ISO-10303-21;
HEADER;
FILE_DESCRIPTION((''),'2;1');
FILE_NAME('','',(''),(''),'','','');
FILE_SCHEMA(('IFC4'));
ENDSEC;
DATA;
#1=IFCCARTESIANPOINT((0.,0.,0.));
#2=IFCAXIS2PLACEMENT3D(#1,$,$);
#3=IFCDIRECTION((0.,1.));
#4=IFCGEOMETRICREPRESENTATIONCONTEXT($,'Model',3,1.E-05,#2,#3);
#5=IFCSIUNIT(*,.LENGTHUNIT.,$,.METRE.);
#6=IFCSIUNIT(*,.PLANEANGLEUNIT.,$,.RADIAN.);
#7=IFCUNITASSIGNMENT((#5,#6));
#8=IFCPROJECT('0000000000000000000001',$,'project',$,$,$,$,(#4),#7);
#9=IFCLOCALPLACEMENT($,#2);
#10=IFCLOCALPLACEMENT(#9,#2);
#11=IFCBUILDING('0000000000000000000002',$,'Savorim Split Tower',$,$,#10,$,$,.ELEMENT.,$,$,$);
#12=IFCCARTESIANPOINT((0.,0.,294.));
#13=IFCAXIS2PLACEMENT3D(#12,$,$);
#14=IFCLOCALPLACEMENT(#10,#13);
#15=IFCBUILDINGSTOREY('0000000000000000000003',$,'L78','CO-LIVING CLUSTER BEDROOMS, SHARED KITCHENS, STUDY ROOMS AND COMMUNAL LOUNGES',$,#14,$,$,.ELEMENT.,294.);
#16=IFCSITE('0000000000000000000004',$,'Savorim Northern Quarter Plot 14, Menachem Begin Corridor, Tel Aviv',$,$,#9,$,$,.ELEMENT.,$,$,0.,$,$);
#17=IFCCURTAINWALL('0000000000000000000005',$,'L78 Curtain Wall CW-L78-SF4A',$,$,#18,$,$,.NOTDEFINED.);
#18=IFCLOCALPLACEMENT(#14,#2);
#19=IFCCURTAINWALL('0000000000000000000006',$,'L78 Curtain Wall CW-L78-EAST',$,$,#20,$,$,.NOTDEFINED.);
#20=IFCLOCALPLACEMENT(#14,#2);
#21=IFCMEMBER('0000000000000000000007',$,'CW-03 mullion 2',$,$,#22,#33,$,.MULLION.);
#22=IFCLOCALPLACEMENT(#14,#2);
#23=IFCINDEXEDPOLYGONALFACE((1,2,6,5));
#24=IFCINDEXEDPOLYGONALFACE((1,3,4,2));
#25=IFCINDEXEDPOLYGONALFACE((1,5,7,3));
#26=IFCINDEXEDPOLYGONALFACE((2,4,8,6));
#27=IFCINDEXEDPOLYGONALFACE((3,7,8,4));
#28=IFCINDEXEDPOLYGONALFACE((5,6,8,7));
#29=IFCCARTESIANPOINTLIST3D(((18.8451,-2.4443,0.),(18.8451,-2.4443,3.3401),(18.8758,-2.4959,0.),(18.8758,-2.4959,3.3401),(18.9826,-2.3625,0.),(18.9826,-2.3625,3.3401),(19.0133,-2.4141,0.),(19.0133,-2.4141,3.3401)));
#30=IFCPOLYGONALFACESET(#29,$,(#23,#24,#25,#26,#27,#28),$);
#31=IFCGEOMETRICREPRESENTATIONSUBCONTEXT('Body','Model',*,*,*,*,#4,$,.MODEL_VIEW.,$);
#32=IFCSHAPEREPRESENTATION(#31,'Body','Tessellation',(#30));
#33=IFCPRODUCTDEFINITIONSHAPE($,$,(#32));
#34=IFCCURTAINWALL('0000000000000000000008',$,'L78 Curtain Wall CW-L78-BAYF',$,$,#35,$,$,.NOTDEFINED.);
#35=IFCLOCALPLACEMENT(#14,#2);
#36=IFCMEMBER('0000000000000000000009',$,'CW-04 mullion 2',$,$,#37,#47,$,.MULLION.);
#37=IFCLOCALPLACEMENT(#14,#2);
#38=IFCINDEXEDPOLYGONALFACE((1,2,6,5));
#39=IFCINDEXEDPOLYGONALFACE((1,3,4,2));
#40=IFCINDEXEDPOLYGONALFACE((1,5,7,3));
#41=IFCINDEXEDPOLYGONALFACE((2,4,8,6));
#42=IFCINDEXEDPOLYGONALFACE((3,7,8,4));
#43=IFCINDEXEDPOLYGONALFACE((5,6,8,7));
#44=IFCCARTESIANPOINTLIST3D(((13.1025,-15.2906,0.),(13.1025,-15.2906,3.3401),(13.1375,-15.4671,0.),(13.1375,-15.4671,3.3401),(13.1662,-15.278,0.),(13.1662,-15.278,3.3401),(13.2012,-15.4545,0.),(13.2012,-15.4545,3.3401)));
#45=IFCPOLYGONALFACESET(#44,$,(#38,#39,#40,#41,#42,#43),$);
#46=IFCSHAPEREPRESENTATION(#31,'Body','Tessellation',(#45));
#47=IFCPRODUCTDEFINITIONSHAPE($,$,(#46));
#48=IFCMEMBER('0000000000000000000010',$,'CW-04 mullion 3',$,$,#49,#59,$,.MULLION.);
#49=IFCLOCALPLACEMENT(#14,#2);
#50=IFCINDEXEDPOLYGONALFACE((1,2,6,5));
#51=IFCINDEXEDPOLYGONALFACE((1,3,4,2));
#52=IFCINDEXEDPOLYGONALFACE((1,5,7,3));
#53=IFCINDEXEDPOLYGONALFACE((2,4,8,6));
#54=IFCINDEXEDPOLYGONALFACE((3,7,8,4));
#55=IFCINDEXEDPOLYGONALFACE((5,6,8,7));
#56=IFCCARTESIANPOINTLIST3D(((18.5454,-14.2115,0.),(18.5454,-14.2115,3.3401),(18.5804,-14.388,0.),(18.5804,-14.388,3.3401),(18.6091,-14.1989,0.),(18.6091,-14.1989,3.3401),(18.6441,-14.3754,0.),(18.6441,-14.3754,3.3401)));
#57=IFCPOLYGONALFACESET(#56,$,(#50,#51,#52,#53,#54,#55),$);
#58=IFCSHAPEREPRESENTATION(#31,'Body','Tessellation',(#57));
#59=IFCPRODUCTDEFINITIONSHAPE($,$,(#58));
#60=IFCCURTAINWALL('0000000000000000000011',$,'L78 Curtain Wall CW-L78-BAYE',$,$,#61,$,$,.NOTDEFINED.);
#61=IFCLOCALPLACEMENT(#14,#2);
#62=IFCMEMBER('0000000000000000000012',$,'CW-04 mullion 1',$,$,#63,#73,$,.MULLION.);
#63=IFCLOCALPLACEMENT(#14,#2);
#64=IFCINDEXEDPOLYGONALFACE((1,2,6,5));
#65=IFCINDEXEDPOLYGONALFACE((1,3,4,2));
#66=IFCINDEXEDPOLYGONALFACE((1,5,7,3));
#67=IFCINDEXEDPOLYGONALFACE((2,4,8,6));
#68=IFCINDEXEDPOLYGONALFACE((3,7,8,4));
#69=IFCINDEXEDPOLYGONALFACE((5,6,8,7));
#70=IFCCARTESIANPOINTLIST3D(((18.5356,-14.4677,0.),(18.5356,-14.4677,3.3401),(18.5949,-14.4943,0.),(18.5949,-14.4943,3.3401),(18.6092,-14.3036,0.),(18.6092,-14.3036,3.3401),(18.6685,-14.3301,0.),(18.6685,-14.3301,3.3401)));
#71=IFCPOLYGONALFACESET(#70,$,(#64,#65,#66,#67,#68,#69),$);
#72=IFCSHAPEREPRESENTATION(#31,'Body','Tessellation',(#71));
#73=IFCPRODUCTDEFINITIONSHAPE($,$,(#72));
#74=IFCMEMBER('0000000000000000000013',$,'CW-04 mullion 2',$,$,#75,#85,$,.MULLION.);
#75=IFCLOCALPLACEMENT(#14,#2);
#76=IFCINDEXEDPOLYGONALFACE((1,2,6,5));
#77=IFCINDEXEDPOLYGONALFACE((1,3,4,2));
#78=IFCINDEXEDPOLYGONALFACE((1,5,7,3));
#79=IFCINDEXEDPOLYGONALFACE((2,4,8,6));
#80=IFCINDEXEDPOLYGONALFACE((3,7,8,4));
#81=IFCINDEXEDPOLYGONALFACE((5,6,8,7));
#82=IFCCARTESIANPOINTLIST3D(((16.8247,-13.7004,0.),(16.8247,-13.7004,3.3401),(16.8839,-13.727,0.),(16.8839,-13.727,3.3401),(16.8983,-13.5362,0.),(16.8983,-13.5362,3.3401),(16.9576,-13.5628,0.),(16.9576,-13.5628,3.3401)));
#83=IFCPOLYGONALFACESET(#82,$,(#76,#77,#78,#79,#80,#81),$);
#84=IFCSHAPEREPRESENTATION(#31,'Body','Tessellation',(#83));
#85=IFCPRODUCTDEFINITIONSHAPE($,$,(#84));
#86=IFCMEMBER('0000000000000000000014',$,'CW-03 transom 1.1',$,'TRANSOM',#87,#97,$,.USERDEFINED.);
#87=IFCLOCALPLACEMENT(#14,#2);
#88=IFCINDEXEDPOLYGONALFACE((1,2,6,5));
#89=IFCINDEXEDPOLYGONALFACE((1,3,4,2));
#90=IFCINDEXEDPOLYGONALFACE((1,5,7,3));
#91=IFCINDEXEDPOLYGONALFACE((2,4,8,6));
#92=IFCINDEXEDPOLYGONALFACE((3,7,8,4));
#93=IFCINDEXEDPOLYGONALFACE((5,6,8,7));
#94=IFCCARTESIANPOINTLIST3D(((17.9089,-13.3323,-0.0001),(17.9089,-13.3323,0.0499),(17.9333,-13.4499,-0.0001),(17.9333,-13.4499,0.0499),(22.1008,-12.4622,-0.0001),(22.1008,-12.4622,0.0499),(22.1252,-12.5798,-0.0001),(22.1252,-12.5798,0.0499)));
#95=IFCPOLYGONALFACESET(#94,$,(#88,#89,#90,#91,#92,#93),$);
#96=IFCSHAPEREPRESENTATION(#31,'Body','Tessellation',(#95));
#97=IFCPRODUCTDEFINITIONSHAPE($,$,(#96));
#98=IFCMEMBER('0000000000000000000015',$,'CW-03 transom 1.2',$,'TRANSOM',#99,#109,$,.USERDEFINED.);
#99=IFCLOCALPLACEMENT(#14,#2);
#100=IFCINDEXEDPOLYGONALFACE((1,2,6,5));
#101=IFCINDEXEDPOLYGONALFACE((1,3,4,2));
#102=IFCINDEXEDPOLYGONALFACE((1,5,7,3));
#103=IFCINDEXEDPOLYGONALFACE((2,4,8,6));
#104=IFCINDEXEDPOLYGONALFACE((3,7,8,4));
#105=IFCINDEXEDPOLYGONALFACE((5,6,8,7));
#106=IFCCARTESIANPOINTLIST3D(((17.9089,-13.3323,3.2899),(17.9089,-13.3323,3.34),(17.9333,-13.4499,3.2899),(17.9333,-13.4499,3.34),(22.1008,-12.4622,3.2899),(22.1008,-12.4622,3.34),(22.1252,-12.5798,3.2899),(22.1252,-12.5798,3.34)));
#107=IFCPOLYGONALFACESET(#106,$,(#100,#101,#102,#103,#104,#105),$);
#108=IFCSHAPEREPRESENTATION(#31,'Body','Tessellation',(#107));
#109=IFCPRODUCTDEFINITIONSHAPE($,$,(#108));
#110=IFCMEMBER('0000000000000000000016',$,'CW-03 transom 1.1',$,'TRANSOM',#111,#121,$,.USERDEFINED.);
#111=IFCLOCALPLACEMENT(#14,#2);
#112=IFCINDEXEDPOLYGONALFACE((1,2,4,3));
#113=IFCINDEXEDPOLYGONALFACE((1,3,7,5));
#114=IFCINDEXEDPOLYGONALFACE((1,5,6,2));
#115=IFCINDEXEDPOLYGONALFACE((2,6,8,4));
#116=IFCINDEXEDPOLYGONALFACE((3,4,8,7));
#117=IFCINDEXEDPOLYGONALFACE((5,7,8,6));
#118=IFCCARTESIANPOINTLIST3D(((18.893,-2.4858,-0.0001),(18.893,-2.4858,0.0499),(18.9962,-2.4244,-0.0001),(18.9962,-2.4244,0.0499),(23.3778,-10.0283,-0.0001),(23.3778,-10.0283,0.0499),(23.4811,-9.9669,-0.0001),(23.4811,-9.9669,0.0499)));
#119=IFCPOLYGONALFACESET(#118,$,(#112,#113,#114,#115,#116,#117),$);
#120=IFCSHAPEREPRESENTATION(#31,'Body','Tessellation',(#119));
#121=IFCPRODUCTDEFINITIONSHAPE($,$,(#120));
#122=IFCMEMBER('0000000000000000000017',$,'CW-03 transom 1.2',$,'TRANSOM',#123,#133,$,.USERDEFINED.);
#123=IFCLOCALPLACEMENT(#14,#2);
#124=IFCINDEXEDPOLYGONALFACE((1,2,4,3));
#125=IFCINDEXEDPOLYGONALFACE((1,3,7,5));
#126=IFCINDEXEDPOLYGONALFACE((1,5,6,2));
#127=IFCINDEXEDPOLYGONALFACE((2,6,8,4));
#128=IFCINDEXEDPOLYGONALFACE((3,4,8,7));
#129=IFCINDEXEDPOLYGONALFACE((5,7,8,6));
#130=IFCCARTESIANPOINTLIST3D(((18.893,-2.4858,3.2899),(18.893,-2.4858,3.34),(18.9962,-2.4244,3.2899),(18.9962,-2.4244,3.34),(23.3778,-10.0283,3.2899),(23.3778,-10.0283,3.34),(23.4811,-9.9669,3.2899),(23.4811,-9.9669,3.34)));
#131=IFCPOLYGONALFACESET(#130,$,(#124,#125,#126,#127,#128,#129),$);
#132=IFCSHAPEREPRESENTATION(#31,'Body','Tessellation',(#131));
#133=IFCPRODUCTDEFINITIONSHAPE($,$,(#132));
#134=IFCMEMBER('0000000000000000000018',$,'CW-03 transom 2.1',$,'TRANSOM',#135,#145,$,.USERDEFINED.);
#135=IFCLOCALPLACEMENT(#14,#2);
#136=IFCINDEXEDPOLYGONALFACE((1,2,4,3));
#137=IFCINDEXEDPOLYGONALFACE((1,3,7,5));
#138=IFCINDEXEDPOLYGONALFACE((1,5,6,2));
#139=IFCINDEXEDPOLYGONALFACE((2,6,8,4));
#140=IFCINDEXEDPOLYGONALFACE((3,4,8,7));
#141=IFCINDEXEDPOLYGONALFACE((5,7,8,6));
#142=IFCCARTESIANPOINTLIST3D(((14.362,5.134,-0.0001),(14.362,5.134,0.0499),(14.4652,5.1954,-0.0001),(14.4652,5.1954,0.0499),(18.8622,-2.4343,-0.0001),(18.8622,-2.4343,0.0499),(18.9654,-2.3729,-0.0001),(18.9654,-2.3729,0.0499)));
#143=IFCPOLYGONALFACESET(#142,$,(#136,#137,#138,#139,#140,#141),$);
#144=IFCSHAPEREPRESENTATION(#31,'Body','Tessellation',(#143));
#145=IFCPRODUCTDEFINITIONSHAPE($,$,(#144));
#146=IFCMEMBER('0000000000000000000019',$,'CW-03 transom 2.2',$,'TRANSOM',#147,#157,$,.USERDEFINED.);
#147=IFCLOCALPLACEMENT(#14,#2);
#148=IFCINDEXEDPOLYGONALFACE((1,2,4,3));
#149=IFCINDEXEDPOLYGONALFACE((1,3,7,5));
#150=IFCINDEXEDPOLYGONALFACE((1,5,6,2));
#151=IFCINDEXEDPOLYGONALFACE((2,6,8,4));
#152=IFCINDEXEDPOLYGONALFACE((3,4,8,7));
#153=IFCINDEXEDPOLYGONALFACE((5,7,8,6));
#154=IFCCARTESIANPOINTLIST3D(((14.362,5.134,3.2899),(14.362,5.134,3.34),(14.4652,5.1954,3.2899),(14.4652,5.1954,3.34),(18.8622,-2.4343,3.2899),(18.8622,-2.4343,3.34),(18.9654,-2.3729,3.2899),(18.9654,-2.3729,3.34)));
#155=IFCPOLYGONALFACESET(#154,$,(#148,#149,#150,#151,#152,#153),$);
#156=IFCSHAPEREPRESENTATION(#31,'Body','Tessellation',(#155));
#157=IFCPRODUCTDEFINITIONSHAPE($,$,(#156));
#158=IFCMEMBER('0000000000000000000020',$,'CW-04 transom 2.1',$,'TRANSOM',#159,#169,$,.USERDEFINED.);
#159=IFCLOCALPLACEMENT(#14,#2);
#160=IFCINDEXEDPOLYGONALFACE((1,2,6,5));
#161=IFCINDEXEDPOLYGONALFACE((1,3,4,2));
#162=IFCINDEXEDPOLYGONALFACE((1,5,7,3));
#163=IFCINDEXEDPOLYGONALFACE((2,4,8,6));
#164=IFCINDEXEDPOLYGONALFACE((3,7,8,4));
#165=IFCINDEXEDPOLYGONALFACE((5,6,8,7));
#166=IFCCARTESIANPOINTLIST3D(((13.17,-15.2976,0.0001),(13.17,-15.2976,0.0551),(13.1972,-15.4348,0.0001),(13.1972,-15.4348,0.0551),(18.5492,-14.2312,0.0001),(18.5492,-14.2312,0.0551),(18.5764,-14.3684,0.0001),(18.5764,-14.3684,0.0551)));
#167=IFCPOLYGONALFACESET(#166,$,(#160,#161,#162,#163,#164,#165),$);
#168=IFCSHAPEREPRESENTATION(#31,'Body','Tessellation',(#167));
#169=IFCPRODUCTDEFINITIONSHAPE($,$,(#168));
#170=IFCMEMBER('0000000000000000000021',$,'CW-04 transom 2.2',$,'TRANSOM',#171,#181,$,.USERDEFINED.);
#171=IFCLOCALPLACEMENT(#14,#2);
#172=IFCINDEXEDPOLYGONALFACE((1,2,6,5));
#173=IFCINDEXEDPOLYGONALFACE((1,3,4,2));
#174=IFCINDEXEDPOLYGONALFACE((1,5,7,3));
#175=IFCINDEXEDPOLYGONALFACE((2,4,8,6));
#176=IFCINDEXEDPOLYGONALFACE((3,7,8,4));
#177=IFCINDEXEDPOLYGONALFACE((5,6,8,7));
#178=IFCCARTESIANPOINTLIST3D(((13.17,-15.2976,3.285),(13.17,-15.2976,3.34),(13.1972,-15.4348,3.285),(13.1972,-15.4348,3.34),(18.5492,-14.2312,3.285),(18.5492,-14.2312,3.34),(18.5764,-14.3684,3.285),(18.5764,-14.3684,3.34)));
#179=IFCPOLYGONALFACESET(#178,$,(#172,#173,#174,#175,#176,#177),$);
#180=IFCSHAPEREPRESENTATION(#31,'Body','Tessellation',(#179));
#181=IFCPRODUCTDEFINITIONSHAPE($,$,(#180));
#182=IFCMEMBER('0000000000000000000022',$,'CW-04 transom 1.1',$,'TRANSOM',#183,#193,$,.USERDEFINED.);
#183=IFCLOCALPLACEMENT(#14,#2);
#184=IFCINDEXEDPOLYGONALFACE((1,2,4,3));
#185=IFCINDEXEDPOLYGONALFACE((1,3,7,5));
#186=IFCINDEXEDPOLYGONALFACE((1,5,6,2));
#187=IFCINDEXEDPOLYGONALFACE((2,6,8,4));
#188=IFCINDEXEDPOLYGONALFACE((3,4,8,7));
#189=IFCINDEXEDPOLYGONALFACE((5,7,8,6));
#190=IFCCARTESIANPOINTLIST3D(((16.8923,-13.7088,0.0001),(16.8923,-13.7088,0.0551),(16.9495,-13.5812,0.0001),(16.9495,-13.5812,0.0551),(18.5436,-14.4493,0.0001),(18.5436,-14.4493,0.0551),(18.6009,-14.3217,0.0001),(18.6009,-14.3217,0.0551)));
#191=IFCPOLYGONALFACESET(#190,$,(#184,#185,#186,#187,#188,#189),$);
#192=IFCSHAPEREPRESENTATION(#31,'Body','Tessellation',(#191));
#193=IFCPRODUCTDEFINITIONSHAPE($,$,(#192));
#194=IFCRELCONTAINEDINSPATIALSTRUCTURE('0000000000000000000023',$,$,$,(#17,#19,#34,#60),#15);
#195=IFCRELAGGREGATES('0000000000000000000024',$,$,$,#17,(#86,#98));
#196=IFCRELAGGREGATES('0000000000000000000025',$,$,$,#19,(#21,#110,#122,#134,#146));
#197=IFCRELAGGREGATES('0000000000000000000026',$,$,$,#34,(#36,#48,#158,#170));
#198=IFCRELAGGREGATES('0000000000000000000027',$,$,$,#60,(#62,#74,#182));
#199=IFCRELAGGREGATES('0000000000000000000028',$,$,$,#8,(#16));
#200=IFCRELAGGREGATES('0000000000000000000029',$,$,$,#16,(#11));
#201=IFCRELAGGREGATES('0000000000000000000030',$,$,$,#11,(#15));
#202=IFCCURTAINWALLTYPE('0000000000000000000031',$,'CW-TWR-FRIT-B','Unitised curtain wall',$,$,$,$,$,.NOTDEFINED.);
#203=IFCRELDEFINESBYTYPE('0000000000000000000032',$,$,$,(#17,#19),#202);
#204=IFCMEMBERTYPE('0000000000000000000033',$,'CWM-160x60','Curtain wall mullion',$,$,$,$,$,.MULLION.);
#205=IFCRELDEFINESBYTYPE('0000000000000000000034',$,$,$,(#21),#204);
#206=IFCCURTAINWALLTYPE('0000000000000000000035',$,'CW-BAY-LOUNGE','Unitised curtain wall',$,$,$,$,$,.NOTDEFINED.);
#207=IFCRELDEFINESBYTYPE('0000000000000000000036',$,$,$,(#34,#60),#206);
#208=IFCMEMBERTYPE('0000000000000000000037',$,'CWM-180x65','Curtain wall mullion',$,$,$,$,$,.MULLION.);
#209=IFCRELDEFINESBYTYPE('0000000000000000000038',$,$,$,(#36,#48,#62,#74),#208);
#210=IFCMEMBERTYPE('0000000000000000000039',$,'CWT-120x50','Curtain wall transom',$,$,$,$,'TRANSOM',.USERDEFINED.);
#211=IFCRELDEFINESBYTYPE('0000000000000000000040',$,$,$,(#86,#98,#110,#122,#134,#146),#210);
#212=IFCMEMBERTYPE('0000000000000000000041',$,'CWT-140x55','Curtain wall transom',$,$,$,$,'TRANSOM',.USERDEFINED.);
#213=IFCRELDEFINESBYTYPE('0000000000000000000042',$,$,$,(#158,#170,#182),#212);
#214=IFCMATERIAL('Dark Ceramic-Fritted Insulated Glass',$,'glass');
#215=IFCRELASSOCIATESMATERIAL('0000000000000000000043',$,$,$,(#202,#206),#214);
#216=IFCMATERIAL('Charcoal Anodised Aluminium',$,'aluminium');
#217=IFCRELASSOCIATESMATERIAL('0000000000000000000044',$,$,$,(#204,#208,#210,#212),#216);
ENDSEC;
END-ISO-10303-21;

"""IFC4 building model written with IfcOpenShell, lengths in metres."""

from ifc_helpers import new_model, si_unit, direction, frame, origin, origin_2d, place, context, subcontext, project, spatial, rectangle, extrude, material, material_profile, profile_set, type_object, element, aggregate, save


model = new_model("IFC4")

# Units and contexts
model_context = context("Model", 3, precision=1e-05, world=origin(), true_north=direction((0.0, 1.0)))
body_context = subcontext(model_context, "Body", "Model", "MODEL_VIEW")
ifc_project = project(units=[si_unit("LENGTHUNIT", "METRE"), si_unit("PLANEANGLEUNIT", "RADIAN")], contexts=[model_context])

# Site, building, storey
site_placement = place(None, origin())
site = spatial("IfcSite", under=ifc_project, at=site_placement, Name="Savorim Northern Quarter Plot 14, Menachem Begin Corridor, Tel Aviv", CompositionType="ELEMENT", RefElevation=0.0)
building_placement = place(site_placement, origin())
building = spatial("IfcBuilding", under=site, at=building_placement, Name="Savorim Split Tower", CompositionType="ELEMENT")
storey_placement = place(building_placement, frame((0.0, 0.0, 294.0)))
storey = spatial("IfcBuildingStorey", under=building, at=storey_placement, Name="L78", Description="CO-LIVING CLUSTER BEDROOMS, SHARED KITCHENS, STUDY ROOMS AND COMMUNAL LOUNGES", CompositionType="ELEMENT", Elevation=294.0)

# Curtain walls, members
ifc_material_1 = material(Name="Dark Ceramic-Fritted Insulated Glass", Category="glass")
curtain_wall_type_1 = type_object("IfcCurtainWallType", Name="CW-TWR-FRIT-B", Description="Unitised curtain wall", PredefinedType="NOTDEFINED", material=ifc_material_1)
curtain_wall_1_placement = place(storey_placement, origin())
curtain_wall_1 = element("IfcCurtainWall", 1, at=curtain_wall_1_placement, inside=storey, type_object=curtain_wall_type_1, Name="L78 Curtain Wall CW-L78-SF4A", PredefinedType="NOTDEFINED")
ifc_material_2 = material(Name="Charcoal Anodised Aluminium", Category="aluminium")
ifc_material_profile_1 = material_profile(ifc_material_2, rectangle(XDim=0.1599, YDim=0.0601, at=origin_2d()), Name="ALU-M 160x60")
ifc_profile_set_1 = profile_set([ifc_material_profile_1], Name="Charcoal Anodised Aluminium")
member_type_1 = type_object("IfcMemberType", Name="CWM-160x60", Description="Curtain wall mullion", PredefinedType="MULLION", material=ifc_profile_set_1)
curtain_wall_2_placement = place(storey_placement, origin())
curtain_wall_2 = element("IfcCurtainWall", 2, at=curtain_wall_2_placement, inside=storey, type_object=curtain_wall_type_1, Name="L78 Curtain Wall CW-L78-EAST", PredefinedType="NOTDEFINED")
member_1_placement = place(storey_placement, frame((18.9292, -2.4292, 0.0), z_axis=(0.0, 0.0, 1.0), x_axis=(-0.859526, -0.511092, 0.0)))
member_1 = element("IfcMember", 3, at=member_1_placement, type_object=member_type_1, Name="CW-03 mullion 2", PredefinedType="MULLION", context=body_context, shape_type="SweptSolid", body=[
    extrude(rectangle(XDim=0.1599, YDim=0.0601, at=origin_2d()), origin(), (0.0, 0.0, 1.0), 3.3401),
])
curtain_wall_type_2 = type_object("IfcCurtainWallType", Name="CW-BAY-LOUNGE", Description="Unitised curtain wall", PredefinedType="NOTDEFINED", material=ifc_material_1)
curtain_wall_3_placement = place(storey_placement, origin())
curtain_wall_3 = element("IfcCurtainWall", 4, at=curtain_wall_3_placement, inside=storey, type_object=curtain_wall_type_2, Name="L78 Curtain Wall CW-L78-BAYF", PredefinedType="NOTDEFINED")
ifc_material_profile_2 = material_profile(ifc_material_2, rectangle(XDim=0.1799, YDim=0.0649, at=origin_2d()), Name="ALU-M 180x65")
ifc_profile_set_2 = profile_set([ifc_material_profile_2], Name="Charcoal Anodised Aluminium")
member_type_2 = type_object("IfcMemberType", Name="CWM-180x65", Description="Curtain wall mullion", PredefinedType="MULLION", material=ifc_profile_set_2)
member_2_placement = place(storey_placement, frame((13.1519, -15.3726, 0.0), z_axis=(0.0, 0.0, 1.0), x_axis=(-0.194484, 0.980906, 0.0)))
member_2 = element("IfcMember", 5, at=member_2_placement, type_object=member_type_2, Name="CW-04 mullion 2", PredefinedType="MULLION", context=body_context, shape_type="SweptSolid", body=[
    extrude(rectangle(XDim=0.1799, YDim=0.0649, at=origin_2d()), origin(), (0.0, 0.0, 1.0), 3.3401),
])
member_3_placement = place(storey_placement, frame((18.5947, -14.2935, 0.0), z_axis=(0.0, 0.0, 1.0), x_axis=(-0.194484, 0.980906, 0.0)))
member_3 = element("IfcMember", 6, at=member_3_placement, type_object=member_type_2, Name="CW-04 mullion 3", PredefinedType="MULLION", context=body_context, shape_type="SweptSolid", body=[
    extrude(rectangle(XDim=0.1799, YDim=0.0649, at=origin_2d()), origin(), (0.0, 0.0, 1.0), 3.3401),
])
curtain_wall_4_placement = place(storey_placement, origin())
curtain_wall_4 = element("IfcCurtainWall", 7, at=curtain_wall_4_placement, inside=storey, type_object=curtain_wall_type_2, Name="L78 Curtain Wall CW-L78-BAYE", PredefinedType="NOTDEFINED")
member_4_placement = place(storey_placement, frame((18.6021, -14.3989, 0.0), z_axis=(0.0, 0.0, 1.0), x_axis=(-0.409231, -0.912431, 0.0)))
member_4 = element("IfcMember", 8, at=member_4_placement, type_object=member_type_2, Name="CW-04 mullion 1", PredefinedType="MULLION", context=body_context, shape_type="SweptSolid", body=[
    extrude(rectangle(XDim=0.1799, YDim=0.0649, at=origin_2d()), origin(), (0.0, 0.0, 1.0), 3.3401),
])
member_5_placement = place(storey_placement, frame((16.8911, -13.6316, 0.0), z_axis=(0.0, 0.0, 1.0), x_axis=(-0.409231, -0.912431, 0.0)))
member_5 = element("IfcMember", 9, at=member_5_placement, type_object=member_type_2, Name="CW-04 mullion 2", PredefinedType="MULLION", context=body_context, shape_type="SweptSolid", body=[
    extrude(rectangle(XDim=0.1799, YDim=0.0649, at=origin_2d()), origin(), (0.0, 0.0, 1.0), 3.3401),
])

# Members
ifc_material_profile_3 = material_profile(ifc_material_2, rectangle(XDim=0.1201, YDim=0.05, at=origin_2d()), Name="ALU-T 120x50")
ifc_profile_set_3 = profile_set([ifc_material_profile_3], Name="Charcoal Anodised Aluminium")
member_type_3 = type_object("IfcMemberType", Name="CWT-120x50", Description="Curtain wall transom", ElementType="TRANSOM", PredefinedType="USERDEFINED", material=ifc_profile_set_3)
member_6_placement = place(storey_placement, frame((17.9211, -13.3911, 0.0249), z_axis=(0.979129, 0.203239, 0.0), x_axis=(-0.203239, 0.979129, 0.0)))
member_6 = element("IfcMember", 10, at=member_6_placement, type_object=member_type_3, Name="CW-03 transom 1.1", ObjectType="TRANSOM", PredefinedType="USERDEFINED", context=body_context, shape_type="SweptSolid", body=[
    extrude(rectangle(XDim=0.1201, YDim=0.05, at=origin_2d()), origin(), (0.0, 0.0, 1.0), 4.2812),
])
member_7_placement = place(storey_placement, frame((17.9211, -13.3911, 3.3149), z_axis=(0.979129, 0.203239, 0.0), x_axis=(-0.203239, 0.979129, 0.0)))
member_7 = element("IfcMember", 11, at=member_7_placement, type_object=member_type_3, Name="CW-03 transom 1.2", ObjectType="TRANSOM", PredefinedType="USERDEFINED", context=body_context, shape_type="SweptSolid", body=[
    extrude(rectangle(XDim=0.1201, YDim=0.05, at=origin_2d()), origin(), (0.0, 0.0, 1.0), 4.2812),
])
member_8_placement = place(storey_placement, frame((23.4294, -9.9976, 0.0249), z_axis=(-0.511088, 0.859529, 0.0), x_axis=(-0.859529, -0.511088, 0.0)))
member_8 = element("IfcMember", 12, at=member_8_placement, type_object=member_type_3, Name="CW-03 transom 1.1", ObjectType="TRANSOM", PredefinedType="USERDEFINED", context=body_context, shape_type="SweptSolid", body=[
    extrude(rectangle(XDim=0.1201, YDim=0.05, at=origin_2d()), origin(), (0.0, 0.0, 1.0), 8.7751),
])
member_9_placement = place(storey_placement, frame((23.4294, -9.9976, 3.3149), z_axis=(-0.511088, 0.859529, 0.0), x_axis=(-0.859529, -0.511088, 0.0)))
member_9 = element("IfcMember", 13, at=member_9_placement, type_object=member_type_3, Name="CW-03 transom 1.2", ObjectType="TRANSOM", PredefinedType="USERDEFINED", context=body_context, shape_type="SweptSolid", body=[
    extrude(rectangle(XDim=0.1201, YDim=0.05, at=origin_2d()), origin(), (0.0, 0.0, 1.0), 8.7751),
])
member_10_placement = place(storey_placement, frame((18.9138, -2.4036, 0.0249), z_axis=(-0.511087, 0.859529, 0.0), x_axis=(-0.859529, -0.511087, 0.0)))
member_10 = element("IfcMember", 14, at=member_10_placement, type_object=member_type_3, Name="CW-03 transom 2.1", ObjectType="TRANSOM", PredefinedType="USERDEFINED", context=body_context, shape_type="SweptSolid", body=[
    extrude(rectangle(XDim=0.1201, YDim=0.05, at=origin_2d()), origin(), (0.0, 0.0, 1.0), 8.8052),
])
member_11_placement = place(storey_placement, frame((18.9138, -2.4036, 3.3149), z_axis=(-0.511087, 0.859529, 0.0), x_axis=(-0.859529, -0.511087, 0.0)))
member_11 = element("IfcMember", 15, at=member_11_placement, type_object=member_type_3, Name="CW-03 transom 2.2", ObjectType="TRANSOM", PredefinedType="USERDEFINED", context=body_context, shape_type="SweptSolid", body=[
    extrude(rectangle(XDim=0.1201, YDim=0.05, at=origin_2d()), origin(), (0.0, 0.0, 1.0), 8.8052),
])
ifc_material_profile_4 = material_profile(ifc_material_2, rectangle(XDim=0.1399, YDim=0.0549, at=origin_2d()), Name="ALU-T 140x55")
ifc_profile_set_4 = profile_set([ifc_material_profile_4], Name="Charcoal Anodised Aluminium")
member_type_4 = type_object("IfcMemberType", Name="CWT-140x55", Description="Curtain wall transom", ElementType="TRANSOM", PredefinedType="USERDEFINED", material=ifc_profile_set_4)
member_12_placement = place(storey_placement, frame((13.1836, -15.3662, 0.0276), z_axis=(0.98091, 0.194463, 0.0), x_axis=(-0.194463, 0.98091, 0.0)))
member_12 = element("IfcMember", 16, at=member_12_placement, type_object=member_type_4, Name="CW-04 transom 2.1", ObjectType="TRANSOM", PredefinedType="USERDEFINED", context=body_context, shape_type="SweptSolid", body=[
    extrude(rectangle(XDim=0.1399, YDim=0.0549, at=origin_2d()), origin(), (0.0, 0.0, 1.0), 5.4839),
])
member_13_placement = place(storey_placement, frame((13.1836, -15.3662, 3.3125), z_axis=(0.98091, 0.194463, 0.0), x_axis=(-0.194463, 0.98091, 0.0)))
member_13 = element("IfcMember", 17, at=member_13_placement, type_object=member_type_4, Name="CW-04 transom 2.2", ObjectType="TRANSOM", PredefinedType="USERDEFINED", context=body_context, shape_type="SweptSolid", body=[
    extrude(rectangle(XDim=0.1399, YDim=0.0549, at=origin_2d()), origin(), (0.0, 0.0, 1.0), 5.4839),
])
member_14_placement = place(storey_placement, frame((18.5723, -14.3855, 0.0276), z_axis=(-0.912466, 0.409153, 0.0), x_axis=(-0.409153, -0.912466, 0.0)))
member_14 = element("IfcMember", 18, at=member_14_placement, type_object=member_type_4, Name="CW-04 transom 1.1", ObjectType="TRANSOM", PredefinedType="USERDEFINED", context=body_context, shape_type="SweptSolid", body=[
    extrude(rectangle(XDim=0.1399, YDim=0.0549, at=origin_2d()), origin(), (0.0, 0.0, 1.0), 1.8098),
])

aggregate(curtain_wall_1, [member_6, member_7])
aggregate(curtain_wall_2, [member_1, member_8, member_9, member_10, member_11])
aggregate(curtain_wall_3, [member_2, member_3, member_12, member_13])
aggregate(curtain_wall_4, [member_4, member_5, member_14])

save(model, "model.ifc")
